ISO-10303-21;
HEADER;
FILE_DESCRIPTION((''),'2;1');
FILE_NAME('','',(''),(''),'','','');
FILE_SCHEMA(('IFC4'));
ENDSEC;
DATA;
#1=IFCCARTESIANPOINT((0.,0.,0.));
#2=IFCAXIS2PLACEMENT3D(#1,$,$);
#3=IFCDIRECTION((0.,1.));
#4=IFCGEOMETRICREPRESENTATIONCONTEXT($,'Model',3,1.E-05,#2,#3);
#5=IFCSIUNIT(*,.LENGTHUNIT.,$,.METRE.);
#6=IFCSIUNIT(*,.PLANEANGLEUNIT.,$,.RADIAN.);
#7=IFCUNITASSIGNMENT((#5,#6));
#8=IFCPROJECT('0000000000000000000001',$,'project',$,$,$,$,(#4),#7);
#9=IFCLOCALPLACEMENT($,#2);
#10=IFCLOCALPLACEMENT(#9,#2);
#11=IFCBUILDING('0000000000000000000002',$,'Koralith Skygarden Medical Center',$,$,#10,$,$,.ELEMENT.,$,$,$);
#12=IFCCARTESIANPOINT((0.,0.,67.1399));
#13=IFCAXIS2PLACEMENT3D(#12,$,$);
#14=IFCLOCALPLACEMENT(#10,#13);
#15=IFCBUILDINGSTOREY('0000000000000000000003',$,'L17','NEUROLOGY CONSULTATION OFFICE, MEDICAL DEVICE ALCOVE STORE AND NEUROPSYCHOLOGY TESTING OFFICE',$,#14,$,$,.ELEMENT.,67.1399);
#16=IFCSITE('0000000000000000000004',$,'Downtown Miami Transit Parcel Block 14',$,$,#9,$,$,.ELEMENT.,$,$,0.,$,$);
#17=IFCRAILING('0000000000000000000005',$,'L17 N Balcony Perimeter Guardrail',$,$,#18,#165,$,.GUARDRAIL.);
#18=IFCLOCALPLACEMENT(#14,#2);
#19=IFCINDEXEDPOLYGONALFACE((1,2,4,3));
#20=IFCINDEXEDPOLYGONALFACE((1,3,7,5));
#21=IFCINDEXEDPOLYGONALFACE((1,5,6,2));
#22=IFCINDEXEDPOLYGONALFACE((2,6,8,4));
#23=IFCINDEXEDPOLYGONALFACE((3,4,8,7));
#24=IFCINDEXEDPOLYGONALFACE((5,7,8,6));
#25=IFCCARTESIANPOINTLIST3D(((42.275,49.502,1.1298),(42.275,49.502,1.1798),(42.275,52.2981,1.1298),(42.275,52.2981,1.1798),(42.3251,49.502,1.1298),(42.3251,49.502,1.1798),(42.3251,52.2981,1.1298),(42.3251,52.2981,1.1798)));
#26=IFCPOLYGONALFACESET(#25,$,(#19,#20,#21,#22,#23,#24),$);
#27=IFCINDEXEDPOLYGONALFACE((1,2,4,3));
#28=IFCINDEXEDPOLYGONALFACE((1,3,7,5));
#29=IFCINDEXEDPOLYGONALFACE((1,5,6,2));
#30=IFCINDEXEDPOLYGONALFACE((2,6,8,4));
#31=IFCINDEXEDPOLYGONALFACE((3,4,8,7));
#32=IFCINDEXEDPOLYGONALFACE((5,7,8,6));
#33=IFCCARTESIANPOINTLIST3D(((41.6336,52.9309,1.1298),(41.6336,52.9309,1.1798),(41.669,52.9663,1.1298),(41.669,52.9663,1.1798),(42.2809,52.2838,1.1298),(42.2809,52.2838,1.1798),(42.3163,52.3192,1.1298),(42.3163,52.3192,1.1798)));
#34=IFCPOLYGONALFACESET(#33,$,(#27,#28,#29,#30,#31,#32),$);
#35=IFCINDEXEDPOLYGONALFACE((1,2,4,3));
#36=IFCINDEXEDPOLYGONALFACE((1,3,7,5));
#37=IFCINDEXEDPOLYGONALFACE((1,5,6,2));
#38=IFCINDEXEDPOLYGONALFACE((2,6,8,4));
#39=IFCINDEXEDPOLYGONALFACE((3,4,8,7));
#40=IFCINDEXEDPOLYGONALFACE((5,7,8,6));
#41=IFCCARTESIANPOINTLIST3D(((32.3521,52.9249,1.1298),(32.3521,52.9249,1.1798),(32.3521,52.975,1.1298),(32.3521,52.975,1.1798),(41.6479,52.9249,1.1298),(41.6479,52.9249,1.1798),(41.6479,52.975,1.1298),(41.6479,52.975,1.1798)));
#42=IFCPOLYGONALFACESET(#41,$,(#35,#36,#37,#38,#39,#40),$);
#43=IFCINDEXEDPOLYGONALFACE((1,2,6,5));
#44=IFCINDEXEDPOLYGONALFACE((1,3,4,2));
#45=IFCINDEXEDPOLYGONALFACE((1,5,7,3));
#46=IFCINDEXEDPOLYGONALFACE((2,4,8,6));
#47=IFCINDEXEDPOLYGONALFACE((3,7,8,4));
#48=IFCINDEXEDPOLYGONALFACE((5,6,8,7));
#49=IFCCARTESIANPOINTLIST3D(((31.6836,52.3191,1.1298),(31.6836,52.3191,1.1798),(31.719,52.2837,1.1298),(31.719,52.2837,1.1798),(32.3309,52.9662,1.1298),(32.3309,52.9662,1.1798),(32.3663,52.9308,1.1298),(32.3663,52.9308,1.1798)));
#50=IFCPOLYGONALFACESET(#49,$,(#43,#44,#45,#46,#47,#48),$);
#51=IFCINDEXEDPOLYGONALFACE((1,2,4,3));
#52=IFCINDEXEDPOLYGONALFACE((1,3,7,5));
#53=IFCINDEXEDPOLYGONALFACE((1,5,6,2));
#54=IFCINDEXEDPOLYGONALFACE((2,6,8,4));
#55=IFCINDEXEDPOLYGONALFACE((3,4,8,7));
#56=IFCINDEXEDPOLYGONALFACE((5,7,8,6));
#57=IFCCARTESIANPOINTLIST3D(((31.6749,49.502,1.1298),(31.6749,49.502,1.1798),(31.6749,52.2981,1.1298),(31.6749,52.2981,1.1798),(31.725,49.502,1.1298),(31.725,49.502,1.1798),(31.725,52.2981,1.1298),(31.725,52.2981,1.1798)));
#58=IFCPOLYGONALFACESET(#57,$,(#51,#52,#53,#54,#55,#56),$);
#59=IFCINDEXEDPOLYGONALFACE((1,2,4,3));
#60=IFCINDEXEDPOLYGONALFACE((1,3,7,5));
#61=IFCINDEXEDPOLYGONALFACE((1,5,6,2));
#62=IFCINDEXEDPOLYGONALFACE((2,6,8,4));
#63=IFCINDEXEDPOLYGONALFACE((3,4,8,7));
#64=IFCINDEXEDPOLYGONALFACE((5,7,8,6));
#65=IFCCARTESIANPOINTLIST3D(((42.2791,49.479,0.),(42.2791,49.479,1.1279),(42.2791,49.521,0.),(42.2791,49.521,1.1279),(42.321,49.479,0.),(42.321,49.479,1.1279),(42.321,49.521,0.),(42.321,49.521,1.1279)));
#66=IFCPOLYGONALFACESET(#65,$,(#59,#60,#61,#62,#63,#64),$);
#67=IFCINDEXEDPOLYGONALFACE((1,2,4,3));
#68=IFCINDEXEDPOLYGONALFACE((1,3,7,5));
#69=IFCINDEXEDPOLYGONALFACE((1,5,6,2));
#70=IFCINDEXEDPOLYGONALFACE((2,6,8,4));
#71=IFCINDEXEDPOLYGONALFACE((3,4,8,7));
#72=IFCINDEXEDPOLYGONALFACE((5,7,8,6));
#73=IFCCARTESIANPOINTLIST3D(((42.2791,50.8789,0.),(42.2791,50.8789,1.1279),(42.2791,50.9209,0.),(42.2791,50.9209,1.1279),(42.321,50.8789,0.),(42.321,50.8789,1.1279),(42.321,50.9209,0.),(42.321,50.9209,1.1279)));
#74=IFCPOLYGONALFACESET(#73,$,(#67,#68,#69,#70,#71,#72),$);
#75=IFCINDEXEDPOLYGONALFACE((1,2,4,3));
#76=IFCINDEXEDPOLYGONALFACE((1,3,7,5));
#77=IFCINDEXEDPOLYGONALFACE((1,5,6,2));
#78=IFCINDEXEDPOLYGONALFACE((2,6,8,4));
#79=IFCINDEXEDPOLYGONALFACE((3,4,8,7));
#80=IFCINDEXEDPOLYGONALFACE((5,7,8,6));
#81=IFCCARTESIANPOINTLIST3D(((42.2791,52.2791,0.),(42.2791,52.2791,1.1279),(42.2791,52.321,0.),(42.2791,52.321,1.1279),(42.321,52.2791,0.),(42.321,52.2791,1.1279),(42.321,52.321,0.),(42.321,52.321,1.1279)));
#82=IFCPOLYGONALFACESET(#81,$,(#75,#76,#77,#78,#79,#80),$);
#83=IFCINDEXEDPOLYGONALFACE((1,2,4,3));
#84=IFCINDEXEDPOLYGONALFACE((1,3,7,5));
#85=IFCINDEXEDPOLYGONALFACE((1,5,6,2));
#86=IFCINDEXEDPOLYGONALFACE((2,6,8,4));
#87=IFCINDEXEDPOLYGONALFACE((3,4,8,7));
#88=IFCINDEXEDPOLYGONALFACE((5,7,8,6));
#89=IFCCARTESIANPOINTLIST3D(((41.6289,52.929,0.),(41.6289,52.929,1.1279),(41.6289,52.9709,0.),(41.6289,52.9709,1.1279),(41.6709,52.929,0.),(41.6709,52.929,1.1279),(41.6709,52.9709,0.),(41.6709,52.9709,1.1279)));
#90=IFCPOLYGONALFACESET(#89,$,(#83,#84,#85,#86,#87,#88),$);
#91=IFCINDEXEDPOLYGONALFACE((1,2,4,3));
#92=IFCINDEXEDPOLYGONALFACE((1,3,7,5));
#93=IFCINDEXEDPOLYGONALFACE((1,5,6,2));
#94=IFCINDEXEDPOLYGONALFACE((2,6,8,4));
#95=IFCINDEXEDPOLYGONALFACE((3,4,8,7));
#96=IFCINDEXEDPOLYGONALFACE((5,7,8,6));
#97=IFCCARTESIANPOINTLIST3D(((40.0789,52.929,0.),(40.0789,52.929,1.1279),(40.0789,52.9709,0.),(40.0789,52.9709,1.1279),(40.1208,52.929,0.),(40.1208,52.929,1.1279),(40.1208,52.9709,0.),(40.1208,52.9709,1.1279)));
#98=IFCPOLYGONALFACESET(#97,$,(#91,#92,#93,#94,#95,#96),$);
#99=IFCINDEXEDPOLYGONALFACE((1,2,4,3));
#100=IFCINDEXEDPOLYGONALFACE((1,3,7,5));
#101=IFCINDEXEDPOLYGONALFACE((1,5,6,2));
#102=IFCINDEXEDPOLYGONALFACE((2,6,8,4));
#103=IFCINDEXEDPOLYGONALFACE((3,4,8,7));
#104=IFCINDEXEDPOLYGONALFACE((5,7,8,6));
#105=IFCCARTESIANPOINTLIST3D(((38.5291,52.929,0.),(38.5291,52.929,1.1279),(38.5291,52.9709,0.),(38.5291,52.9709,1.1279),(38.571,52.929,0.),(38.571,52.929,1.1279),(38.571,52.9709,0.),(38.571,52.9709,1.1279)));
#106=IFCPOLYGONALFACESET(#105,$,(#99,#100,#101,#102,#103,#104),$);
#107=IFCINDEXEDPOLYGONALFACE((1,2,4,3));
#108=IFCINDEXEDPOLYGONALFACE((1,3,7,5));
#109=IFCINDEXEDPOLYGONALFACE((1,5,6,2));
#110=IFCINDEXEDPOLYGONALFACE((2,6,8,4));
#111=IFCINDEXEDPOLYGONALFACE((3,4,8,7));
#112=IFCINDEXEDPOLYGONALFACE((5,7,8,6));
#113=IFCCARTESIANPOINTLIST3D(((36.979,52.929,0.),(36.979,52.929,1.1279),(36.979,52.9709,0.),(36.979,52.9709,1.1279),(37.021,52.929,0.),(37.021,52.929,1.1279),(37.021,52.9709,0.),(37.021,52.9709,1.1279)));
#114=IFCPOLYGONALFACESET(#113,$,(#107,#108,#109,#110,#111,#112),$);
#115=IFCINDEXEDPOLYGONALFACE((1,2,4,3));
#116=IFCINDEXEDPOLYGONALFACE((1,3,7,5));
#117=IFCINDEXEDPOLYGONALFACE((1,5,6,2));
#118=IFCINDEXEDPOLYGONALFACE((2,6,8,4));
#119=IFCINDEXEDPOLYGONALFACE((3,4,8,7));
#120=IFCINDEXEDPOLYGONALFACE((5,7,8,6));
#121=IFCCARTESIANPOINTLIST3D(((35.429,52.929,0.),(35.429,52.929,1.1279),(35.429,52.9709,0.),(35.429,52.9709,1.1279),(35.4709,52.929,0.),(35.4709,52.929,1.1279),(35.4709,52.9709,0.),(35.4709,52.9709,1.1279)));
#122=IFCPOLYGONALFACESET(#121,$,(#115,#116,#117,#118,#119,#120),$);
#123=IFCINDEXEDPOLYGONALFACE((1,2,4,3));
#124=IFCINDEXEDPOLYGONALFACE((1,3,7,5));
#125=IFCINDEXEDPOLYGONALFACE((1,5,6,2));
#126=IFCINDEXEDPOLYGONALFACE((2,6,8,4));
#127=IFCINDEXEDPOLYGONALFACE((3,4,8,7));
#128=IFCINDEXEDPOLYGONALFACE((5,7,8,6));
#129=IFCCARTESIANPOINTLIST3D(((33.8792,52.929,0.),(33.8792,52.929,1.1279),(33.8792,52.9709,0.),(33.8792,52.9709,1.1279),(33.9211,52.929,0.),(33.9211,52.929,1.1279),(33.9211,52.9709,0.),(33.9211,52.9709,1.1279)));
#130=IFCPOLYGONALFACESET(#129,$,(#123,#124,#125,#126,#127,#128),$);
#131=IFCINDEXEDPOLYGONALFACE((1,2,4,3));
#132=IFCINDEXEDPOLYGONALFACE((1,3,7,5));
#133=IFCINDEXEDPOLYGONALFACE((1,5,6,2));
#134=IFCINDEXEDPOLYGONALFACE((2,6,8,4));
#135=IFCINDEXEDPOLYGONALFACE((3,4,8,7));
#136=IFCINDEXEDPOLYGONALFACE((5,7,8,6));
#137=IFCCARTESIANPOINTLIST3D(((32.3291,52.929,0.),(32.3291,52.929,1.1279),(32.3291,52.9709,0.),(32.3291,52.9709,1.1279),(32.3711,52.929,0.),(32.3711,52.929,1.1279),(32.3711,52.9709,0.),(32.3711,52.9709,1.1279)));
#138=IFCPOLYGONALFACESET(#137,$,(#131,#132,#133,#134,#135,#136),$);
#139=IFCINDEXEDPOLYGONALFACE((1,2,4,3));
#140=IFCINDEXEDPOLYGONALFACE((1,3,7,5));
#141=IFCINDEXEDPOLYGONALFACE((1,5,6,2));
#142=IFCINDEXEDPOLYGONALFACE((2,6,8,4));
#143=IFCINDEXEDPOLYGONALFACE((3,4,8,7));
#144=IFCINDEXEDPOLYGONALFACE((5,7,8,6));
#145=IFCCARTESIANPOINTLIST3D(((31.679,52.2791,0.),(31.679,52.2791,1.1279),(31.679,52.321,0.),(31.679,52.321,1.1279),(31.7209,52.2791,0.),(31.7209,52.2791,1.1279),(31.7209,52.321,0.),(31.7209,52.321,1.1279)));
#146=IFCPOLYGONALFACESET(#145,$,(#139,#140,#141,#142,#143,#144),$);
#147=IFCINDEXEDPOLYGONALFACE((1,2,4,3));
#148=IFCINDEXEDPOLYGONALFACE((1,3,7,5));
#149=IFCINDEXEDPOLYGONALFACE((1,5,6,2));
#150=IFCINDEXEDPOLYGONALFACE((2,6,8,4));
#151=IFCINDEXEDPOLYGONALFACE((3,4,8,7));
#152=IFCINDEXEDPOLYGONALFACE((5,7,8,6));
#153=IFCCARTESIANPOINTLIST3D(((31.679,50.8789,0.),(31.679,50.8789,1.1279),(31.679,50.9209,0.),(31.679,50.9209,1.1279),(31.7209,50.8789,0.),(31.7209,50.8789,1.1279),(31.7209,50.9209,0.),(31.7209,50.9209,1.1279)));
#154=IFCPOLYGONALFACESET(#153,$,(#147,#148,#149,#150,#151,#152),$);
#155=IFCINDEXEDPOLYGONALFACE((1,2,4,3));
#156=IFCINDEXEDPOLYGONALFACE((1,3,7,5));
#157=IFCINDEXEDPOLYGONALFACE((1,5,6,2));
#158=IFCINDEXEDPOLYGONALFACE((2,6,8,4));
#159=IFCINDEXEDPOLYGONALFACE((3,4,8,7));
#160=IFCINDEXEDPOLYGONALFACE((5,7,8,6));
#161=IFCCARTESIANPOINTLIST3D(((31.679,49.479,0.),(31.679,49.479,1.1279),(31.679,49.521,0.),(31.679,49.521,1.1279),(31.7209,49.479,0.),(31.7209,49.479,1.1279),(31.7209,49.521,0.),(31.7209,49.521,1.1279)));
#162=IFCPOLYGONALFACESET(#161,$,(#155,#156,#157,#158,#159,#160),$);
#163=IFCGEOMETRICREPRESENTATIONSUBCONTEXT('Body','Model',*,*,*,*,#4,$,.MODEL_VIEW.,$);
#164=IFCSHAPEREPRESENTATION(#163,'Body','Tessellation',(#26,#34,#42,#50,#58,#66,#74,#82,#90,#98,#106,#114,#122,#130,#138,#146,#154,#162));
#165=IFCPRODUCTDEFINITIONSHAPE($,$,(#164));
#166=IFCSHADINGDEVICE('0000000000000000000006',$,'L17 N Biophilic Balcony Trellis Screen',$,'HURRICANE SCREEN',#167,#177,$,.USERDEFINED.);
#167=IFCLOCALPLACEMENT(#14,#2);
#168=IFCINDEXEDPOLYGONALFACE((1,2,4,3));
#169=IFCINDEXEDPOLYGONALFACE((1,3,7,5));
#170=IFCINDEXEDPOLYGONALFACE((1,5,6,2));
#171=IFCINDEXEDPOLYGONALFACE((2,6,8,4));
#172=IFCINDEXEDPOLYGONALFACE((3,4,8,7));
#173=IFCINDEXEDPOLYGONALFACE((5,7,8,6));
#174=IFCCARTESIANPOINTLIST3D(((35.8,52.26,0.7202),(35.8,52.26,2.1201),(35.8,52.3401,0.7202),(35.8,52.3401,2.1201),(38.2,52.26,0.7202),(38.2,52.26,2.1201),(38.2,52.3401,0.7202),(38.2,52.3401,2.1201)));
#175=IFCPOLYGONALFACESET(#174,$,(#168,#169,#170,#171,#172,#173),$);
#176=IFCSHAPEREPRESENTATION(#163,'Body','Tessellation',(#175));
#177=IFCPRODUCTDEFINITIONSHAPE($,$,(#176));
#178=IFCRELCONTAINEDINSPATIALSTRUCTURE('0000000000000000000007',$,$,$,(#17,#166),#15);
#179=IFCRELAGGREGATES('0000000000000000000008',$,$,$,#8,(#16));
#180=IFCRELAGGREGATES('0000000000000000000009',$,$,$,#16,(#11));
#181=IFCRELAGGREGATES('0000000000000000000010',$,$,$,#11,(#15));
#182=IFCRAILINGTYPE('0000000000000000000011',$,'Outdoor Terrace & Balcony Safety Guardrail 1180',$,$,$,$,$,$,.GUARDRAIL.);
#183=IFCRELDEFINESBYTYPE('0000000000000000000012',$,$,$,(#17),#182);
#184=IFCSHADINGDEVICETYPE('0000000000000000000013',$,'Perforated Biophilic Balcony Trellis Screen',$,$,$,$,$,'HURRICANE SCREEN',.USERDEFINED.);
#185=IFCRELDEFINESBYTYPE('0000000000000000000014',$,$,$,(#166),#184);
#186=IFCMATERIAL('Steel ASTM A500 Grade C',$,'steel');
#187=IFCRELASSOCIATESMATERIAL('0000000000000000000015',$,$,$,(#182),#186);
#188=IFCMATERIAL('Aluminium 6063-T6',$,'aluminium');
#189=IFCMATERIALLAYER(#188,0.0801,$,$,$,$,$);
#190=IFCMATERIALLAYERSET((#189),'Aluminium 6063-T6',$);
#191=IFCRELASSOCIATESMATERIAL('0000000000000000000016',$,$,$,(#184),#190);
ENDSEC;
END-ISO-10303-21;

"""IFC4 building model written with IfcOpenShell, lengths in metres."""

from ifc_helpers import new_model, si_unit, direction, frame, origin, origin_2d, place, context, subcontext, project, spatial, rectangle, extrude, material, layer, layer_set, type_object, element, save


model = new_model("IFC4")

# Units and contexts
model_context = context("Model", 3, precision=1e-05, world=origin(), true_north=direction((0.0, 1.0)))
body_context = subcontext(model_context, "Body", "Model", "MODEL_VIEW")
ifc_project = project(units=[si_unit("LENGTHUNIT", "METRE"), si_unit("PLANEANGLEUNIT", "RADIAN")], contexts=[model_context])

# Site, building, storey
site_placement = place(None, origin())
site = spatial("IfcSite", under=ifc_project, at=site_placement, Name="Downtown Miami Transit Parcel Block 14", CompositionType="ELEMENT", RefElevation=0.0)
building_placement = place(site_placement, origin())
building = spatial("IfcBuilding", under=site, at=building_placement, Name="Koralith Skygarden Medical Center", CompositionType="ELEMENT")
storey_placement = place(building_placement, frame((0.0, 0.0, 67.1399)))
storey = spatial("IfcBuildingStorey", under=building, at=storey_placement, Name="L17", Description="NEUROLOGY CONSULTATION OFFICE, MEDICAL DEVICE ALCOVE STORE AND NEUROPSYCHOLOGY TESTING OFFICE", CompositionType="ELEMENT", Elevation=67.1399)

# Shared definitions
ifc_material_1 = material(Name="Aluminium 6063-T6", Category="aluminium")

# Shared definitions
ifc_material_2 = material(Name="Steel ASTM A500 Grade C", Category="steel")

# Railing
railing_type = type_object("IfcRailingType", Name="Outdoor Terrace & Balcony Safety Guardrail 1180", PredefinedType="GUARDRAIL", material=ifc_material_2)
railing_placement = place(storey_placement, frame((42.3, 49.5, 0.0)))
element("IfcRailing", 1, at=railing_placement, inside=storey, type_object=railing_type, Name="L17 N Balcony Perimeter Guardrail", PredefinedType="GUARDRAIL", context=body_context, shape_type="SweptSolid", body=[
    extrude(rectangle(XDim=0.05, YDim=0.05, at=origin_2d()), frame((0.0, 0.002, 1.1548), z_axis=(0.0, 1.0, 0.0), x_axis=(-1.0, 0.0, 0.0)), (0.0, 0.0, 1.0), 2.7961),
    extrude(rectangle(XDim=0.05, YDim=0.05, at=origin_2d()), frame((-0.0015, 2.8015, 1.1548), z_axis=(-0.70724, 0.706974, 0.0), x_axis=(-0.706974, -0.70724, 0.0)), (0.0, 0.0, 1.0), 0.9153),
    extrude(rectangle(XDim=0.05, YDim=0.05, at=origin_2d()), frame((-0.6521, 3.45, 1.1548), z_axis=(-1.0, 0.0, 0.0), x_axis=(0.0, -1.0, 0.0)), (0.0, 0.0, 1.0), 9.2959),
    extrude(rectangle(XDim=0.05, YDim=0.05, at=origin_2d()), frame((-9.9514, 3.4485, 1.1548), z_axis=(-0.70724, -0.706974, 0.0), x_axis=(0.706974, -0.70724, 0.0)), (0.0, 0.0, 1.0), 0.9153),
    extrude(rectangle(XDim=0.05, YDim=0.05, at=origin_2d()), frame((-10.6001, 2.7981, 1.1548), z_axis=(0.0, -1.0, 0.0), x_axis=(1.0, 0.0, 0.0)), (0.0, 0.0, 1.0), 2.7961),
    extrude(rectangle(XDim=0.042, YDim=0.042, at=origin_2d()), origin(), (0.0, 0.0, 1.0), 1.1279),
    extrude(rectangle(XDim=0.042, YDim=0.042, at=origin_2d()), frame((0.0, 1.3999, 0.0)), (0.0, 0.0, 1.0), 1.1279),
    extrude(rectangle(XDim=0.042, YDim=0.042, at=origin_2d()), frame((0.0, 2.8, 0.0)), (0.0, 0.0, 1.0), 1.1279),
    extrude(rectangle(XDim=0.042, YDim=0.042, at=origin_2d()), frame((-0.6501, 3.45, 0.0)), (0.0, 0.0, 1.0), 1.1279),
    extrude(rectangle(XDim=0.042, YDim=0.042, at=origin_2d()), frame((-2.2002, 3.45, 0.0)), (0.0, 0.0, 1.0), 1.1279),
    extrude(rectangle(XDim=0.042, YDim=0.042, at=origin_2d()), frame((-3.75, 3.45, 0.0)), (0.0, 0.0, 1.0), 1.1279),
    extrude(rectangle(XDim=0.042, YDim=0.042, at=origin_2d()), frame((-5.3, 3.45, 0.0)), (0.0, 0.0, 1.0), 1.1279),
    extrude(rectangle(XDim=0.042, YDim=0.042, at=origin_2d()), frame((-6.8501, 3.45, 0.0)), (0.0, 0.0, 1.0), 1.1279),
    extrude(rectangle(XDim=0.042, YDim=0.042, at=origin_2d()), frame((-8.3999, 3.45, 0.0)), (0.0, 0.0, 1.0), 1.1279),
    extrude(rectangle(XDim=0.042, YDim=0.042, at=origin_2d()), frame((-9.95, 3.45, 0.0)), (0.0, 0.0, 1.0), 1.1279),
    extrude(rectangle(XDim=0.042, YDim=0.042, at=origin_2d()), frame((-10.6001, 2.8, 0.0)), (0.0, 0.0, 1.0), 1.1279),
    extrude(rectangle(XDim=0.042, YDim=0.042, at=origin_2d()), frame((-10.6001, 1.3999, 0.0)), (0.0, 0.0, 1.0), 1.1279),
    extrude(rectangle(XDim=0.042, YDim=0.042, at=origin_2d()), frame((-10.6001, 0.0, 0.0)), (0.0, 0.0, 1.0), 1.1279),
])

# Shading device
ifc_layer_1 = layer(ifc_material_1, 0.0801)
ifc_layer_set_1 = layer_set([ifc_layer_1], Name="Aluminium 6063-T6")
shading_device_type = type_object("IfcShadingDeviceType", Name="Perforated Biophilic Balcony Trellis Screen", ElementType="HURRICANE SCREEN", PredefinedType="USERDEFINED", material=ifc_layer_set_1)
shading_device_placement = place(storey_placement, frame((37.0, 52.3, 0.7202), z_axis=(0.0, 0.0, 1.0), x_axis=(1.0, 0.0, 0.0)))
element("IfcShadingDevice", 2, at=shading_device_placement, inside=storey, type_object=shading_device_type, Name="L17 N Biophilic Balcony Trellis Screen", ObjectType="HURRICANE SCREEN", PredefinedType="USERDEFINED", context=body_context, shape_type="SweptSolid", body=[
    extrude(rectangle(XDim=2.3999, YDim=0.0801, at=origin_2d()), origin(), (0.0, 0.0, 1.0), 1.3999),
])

save(model, "model.ifc")
